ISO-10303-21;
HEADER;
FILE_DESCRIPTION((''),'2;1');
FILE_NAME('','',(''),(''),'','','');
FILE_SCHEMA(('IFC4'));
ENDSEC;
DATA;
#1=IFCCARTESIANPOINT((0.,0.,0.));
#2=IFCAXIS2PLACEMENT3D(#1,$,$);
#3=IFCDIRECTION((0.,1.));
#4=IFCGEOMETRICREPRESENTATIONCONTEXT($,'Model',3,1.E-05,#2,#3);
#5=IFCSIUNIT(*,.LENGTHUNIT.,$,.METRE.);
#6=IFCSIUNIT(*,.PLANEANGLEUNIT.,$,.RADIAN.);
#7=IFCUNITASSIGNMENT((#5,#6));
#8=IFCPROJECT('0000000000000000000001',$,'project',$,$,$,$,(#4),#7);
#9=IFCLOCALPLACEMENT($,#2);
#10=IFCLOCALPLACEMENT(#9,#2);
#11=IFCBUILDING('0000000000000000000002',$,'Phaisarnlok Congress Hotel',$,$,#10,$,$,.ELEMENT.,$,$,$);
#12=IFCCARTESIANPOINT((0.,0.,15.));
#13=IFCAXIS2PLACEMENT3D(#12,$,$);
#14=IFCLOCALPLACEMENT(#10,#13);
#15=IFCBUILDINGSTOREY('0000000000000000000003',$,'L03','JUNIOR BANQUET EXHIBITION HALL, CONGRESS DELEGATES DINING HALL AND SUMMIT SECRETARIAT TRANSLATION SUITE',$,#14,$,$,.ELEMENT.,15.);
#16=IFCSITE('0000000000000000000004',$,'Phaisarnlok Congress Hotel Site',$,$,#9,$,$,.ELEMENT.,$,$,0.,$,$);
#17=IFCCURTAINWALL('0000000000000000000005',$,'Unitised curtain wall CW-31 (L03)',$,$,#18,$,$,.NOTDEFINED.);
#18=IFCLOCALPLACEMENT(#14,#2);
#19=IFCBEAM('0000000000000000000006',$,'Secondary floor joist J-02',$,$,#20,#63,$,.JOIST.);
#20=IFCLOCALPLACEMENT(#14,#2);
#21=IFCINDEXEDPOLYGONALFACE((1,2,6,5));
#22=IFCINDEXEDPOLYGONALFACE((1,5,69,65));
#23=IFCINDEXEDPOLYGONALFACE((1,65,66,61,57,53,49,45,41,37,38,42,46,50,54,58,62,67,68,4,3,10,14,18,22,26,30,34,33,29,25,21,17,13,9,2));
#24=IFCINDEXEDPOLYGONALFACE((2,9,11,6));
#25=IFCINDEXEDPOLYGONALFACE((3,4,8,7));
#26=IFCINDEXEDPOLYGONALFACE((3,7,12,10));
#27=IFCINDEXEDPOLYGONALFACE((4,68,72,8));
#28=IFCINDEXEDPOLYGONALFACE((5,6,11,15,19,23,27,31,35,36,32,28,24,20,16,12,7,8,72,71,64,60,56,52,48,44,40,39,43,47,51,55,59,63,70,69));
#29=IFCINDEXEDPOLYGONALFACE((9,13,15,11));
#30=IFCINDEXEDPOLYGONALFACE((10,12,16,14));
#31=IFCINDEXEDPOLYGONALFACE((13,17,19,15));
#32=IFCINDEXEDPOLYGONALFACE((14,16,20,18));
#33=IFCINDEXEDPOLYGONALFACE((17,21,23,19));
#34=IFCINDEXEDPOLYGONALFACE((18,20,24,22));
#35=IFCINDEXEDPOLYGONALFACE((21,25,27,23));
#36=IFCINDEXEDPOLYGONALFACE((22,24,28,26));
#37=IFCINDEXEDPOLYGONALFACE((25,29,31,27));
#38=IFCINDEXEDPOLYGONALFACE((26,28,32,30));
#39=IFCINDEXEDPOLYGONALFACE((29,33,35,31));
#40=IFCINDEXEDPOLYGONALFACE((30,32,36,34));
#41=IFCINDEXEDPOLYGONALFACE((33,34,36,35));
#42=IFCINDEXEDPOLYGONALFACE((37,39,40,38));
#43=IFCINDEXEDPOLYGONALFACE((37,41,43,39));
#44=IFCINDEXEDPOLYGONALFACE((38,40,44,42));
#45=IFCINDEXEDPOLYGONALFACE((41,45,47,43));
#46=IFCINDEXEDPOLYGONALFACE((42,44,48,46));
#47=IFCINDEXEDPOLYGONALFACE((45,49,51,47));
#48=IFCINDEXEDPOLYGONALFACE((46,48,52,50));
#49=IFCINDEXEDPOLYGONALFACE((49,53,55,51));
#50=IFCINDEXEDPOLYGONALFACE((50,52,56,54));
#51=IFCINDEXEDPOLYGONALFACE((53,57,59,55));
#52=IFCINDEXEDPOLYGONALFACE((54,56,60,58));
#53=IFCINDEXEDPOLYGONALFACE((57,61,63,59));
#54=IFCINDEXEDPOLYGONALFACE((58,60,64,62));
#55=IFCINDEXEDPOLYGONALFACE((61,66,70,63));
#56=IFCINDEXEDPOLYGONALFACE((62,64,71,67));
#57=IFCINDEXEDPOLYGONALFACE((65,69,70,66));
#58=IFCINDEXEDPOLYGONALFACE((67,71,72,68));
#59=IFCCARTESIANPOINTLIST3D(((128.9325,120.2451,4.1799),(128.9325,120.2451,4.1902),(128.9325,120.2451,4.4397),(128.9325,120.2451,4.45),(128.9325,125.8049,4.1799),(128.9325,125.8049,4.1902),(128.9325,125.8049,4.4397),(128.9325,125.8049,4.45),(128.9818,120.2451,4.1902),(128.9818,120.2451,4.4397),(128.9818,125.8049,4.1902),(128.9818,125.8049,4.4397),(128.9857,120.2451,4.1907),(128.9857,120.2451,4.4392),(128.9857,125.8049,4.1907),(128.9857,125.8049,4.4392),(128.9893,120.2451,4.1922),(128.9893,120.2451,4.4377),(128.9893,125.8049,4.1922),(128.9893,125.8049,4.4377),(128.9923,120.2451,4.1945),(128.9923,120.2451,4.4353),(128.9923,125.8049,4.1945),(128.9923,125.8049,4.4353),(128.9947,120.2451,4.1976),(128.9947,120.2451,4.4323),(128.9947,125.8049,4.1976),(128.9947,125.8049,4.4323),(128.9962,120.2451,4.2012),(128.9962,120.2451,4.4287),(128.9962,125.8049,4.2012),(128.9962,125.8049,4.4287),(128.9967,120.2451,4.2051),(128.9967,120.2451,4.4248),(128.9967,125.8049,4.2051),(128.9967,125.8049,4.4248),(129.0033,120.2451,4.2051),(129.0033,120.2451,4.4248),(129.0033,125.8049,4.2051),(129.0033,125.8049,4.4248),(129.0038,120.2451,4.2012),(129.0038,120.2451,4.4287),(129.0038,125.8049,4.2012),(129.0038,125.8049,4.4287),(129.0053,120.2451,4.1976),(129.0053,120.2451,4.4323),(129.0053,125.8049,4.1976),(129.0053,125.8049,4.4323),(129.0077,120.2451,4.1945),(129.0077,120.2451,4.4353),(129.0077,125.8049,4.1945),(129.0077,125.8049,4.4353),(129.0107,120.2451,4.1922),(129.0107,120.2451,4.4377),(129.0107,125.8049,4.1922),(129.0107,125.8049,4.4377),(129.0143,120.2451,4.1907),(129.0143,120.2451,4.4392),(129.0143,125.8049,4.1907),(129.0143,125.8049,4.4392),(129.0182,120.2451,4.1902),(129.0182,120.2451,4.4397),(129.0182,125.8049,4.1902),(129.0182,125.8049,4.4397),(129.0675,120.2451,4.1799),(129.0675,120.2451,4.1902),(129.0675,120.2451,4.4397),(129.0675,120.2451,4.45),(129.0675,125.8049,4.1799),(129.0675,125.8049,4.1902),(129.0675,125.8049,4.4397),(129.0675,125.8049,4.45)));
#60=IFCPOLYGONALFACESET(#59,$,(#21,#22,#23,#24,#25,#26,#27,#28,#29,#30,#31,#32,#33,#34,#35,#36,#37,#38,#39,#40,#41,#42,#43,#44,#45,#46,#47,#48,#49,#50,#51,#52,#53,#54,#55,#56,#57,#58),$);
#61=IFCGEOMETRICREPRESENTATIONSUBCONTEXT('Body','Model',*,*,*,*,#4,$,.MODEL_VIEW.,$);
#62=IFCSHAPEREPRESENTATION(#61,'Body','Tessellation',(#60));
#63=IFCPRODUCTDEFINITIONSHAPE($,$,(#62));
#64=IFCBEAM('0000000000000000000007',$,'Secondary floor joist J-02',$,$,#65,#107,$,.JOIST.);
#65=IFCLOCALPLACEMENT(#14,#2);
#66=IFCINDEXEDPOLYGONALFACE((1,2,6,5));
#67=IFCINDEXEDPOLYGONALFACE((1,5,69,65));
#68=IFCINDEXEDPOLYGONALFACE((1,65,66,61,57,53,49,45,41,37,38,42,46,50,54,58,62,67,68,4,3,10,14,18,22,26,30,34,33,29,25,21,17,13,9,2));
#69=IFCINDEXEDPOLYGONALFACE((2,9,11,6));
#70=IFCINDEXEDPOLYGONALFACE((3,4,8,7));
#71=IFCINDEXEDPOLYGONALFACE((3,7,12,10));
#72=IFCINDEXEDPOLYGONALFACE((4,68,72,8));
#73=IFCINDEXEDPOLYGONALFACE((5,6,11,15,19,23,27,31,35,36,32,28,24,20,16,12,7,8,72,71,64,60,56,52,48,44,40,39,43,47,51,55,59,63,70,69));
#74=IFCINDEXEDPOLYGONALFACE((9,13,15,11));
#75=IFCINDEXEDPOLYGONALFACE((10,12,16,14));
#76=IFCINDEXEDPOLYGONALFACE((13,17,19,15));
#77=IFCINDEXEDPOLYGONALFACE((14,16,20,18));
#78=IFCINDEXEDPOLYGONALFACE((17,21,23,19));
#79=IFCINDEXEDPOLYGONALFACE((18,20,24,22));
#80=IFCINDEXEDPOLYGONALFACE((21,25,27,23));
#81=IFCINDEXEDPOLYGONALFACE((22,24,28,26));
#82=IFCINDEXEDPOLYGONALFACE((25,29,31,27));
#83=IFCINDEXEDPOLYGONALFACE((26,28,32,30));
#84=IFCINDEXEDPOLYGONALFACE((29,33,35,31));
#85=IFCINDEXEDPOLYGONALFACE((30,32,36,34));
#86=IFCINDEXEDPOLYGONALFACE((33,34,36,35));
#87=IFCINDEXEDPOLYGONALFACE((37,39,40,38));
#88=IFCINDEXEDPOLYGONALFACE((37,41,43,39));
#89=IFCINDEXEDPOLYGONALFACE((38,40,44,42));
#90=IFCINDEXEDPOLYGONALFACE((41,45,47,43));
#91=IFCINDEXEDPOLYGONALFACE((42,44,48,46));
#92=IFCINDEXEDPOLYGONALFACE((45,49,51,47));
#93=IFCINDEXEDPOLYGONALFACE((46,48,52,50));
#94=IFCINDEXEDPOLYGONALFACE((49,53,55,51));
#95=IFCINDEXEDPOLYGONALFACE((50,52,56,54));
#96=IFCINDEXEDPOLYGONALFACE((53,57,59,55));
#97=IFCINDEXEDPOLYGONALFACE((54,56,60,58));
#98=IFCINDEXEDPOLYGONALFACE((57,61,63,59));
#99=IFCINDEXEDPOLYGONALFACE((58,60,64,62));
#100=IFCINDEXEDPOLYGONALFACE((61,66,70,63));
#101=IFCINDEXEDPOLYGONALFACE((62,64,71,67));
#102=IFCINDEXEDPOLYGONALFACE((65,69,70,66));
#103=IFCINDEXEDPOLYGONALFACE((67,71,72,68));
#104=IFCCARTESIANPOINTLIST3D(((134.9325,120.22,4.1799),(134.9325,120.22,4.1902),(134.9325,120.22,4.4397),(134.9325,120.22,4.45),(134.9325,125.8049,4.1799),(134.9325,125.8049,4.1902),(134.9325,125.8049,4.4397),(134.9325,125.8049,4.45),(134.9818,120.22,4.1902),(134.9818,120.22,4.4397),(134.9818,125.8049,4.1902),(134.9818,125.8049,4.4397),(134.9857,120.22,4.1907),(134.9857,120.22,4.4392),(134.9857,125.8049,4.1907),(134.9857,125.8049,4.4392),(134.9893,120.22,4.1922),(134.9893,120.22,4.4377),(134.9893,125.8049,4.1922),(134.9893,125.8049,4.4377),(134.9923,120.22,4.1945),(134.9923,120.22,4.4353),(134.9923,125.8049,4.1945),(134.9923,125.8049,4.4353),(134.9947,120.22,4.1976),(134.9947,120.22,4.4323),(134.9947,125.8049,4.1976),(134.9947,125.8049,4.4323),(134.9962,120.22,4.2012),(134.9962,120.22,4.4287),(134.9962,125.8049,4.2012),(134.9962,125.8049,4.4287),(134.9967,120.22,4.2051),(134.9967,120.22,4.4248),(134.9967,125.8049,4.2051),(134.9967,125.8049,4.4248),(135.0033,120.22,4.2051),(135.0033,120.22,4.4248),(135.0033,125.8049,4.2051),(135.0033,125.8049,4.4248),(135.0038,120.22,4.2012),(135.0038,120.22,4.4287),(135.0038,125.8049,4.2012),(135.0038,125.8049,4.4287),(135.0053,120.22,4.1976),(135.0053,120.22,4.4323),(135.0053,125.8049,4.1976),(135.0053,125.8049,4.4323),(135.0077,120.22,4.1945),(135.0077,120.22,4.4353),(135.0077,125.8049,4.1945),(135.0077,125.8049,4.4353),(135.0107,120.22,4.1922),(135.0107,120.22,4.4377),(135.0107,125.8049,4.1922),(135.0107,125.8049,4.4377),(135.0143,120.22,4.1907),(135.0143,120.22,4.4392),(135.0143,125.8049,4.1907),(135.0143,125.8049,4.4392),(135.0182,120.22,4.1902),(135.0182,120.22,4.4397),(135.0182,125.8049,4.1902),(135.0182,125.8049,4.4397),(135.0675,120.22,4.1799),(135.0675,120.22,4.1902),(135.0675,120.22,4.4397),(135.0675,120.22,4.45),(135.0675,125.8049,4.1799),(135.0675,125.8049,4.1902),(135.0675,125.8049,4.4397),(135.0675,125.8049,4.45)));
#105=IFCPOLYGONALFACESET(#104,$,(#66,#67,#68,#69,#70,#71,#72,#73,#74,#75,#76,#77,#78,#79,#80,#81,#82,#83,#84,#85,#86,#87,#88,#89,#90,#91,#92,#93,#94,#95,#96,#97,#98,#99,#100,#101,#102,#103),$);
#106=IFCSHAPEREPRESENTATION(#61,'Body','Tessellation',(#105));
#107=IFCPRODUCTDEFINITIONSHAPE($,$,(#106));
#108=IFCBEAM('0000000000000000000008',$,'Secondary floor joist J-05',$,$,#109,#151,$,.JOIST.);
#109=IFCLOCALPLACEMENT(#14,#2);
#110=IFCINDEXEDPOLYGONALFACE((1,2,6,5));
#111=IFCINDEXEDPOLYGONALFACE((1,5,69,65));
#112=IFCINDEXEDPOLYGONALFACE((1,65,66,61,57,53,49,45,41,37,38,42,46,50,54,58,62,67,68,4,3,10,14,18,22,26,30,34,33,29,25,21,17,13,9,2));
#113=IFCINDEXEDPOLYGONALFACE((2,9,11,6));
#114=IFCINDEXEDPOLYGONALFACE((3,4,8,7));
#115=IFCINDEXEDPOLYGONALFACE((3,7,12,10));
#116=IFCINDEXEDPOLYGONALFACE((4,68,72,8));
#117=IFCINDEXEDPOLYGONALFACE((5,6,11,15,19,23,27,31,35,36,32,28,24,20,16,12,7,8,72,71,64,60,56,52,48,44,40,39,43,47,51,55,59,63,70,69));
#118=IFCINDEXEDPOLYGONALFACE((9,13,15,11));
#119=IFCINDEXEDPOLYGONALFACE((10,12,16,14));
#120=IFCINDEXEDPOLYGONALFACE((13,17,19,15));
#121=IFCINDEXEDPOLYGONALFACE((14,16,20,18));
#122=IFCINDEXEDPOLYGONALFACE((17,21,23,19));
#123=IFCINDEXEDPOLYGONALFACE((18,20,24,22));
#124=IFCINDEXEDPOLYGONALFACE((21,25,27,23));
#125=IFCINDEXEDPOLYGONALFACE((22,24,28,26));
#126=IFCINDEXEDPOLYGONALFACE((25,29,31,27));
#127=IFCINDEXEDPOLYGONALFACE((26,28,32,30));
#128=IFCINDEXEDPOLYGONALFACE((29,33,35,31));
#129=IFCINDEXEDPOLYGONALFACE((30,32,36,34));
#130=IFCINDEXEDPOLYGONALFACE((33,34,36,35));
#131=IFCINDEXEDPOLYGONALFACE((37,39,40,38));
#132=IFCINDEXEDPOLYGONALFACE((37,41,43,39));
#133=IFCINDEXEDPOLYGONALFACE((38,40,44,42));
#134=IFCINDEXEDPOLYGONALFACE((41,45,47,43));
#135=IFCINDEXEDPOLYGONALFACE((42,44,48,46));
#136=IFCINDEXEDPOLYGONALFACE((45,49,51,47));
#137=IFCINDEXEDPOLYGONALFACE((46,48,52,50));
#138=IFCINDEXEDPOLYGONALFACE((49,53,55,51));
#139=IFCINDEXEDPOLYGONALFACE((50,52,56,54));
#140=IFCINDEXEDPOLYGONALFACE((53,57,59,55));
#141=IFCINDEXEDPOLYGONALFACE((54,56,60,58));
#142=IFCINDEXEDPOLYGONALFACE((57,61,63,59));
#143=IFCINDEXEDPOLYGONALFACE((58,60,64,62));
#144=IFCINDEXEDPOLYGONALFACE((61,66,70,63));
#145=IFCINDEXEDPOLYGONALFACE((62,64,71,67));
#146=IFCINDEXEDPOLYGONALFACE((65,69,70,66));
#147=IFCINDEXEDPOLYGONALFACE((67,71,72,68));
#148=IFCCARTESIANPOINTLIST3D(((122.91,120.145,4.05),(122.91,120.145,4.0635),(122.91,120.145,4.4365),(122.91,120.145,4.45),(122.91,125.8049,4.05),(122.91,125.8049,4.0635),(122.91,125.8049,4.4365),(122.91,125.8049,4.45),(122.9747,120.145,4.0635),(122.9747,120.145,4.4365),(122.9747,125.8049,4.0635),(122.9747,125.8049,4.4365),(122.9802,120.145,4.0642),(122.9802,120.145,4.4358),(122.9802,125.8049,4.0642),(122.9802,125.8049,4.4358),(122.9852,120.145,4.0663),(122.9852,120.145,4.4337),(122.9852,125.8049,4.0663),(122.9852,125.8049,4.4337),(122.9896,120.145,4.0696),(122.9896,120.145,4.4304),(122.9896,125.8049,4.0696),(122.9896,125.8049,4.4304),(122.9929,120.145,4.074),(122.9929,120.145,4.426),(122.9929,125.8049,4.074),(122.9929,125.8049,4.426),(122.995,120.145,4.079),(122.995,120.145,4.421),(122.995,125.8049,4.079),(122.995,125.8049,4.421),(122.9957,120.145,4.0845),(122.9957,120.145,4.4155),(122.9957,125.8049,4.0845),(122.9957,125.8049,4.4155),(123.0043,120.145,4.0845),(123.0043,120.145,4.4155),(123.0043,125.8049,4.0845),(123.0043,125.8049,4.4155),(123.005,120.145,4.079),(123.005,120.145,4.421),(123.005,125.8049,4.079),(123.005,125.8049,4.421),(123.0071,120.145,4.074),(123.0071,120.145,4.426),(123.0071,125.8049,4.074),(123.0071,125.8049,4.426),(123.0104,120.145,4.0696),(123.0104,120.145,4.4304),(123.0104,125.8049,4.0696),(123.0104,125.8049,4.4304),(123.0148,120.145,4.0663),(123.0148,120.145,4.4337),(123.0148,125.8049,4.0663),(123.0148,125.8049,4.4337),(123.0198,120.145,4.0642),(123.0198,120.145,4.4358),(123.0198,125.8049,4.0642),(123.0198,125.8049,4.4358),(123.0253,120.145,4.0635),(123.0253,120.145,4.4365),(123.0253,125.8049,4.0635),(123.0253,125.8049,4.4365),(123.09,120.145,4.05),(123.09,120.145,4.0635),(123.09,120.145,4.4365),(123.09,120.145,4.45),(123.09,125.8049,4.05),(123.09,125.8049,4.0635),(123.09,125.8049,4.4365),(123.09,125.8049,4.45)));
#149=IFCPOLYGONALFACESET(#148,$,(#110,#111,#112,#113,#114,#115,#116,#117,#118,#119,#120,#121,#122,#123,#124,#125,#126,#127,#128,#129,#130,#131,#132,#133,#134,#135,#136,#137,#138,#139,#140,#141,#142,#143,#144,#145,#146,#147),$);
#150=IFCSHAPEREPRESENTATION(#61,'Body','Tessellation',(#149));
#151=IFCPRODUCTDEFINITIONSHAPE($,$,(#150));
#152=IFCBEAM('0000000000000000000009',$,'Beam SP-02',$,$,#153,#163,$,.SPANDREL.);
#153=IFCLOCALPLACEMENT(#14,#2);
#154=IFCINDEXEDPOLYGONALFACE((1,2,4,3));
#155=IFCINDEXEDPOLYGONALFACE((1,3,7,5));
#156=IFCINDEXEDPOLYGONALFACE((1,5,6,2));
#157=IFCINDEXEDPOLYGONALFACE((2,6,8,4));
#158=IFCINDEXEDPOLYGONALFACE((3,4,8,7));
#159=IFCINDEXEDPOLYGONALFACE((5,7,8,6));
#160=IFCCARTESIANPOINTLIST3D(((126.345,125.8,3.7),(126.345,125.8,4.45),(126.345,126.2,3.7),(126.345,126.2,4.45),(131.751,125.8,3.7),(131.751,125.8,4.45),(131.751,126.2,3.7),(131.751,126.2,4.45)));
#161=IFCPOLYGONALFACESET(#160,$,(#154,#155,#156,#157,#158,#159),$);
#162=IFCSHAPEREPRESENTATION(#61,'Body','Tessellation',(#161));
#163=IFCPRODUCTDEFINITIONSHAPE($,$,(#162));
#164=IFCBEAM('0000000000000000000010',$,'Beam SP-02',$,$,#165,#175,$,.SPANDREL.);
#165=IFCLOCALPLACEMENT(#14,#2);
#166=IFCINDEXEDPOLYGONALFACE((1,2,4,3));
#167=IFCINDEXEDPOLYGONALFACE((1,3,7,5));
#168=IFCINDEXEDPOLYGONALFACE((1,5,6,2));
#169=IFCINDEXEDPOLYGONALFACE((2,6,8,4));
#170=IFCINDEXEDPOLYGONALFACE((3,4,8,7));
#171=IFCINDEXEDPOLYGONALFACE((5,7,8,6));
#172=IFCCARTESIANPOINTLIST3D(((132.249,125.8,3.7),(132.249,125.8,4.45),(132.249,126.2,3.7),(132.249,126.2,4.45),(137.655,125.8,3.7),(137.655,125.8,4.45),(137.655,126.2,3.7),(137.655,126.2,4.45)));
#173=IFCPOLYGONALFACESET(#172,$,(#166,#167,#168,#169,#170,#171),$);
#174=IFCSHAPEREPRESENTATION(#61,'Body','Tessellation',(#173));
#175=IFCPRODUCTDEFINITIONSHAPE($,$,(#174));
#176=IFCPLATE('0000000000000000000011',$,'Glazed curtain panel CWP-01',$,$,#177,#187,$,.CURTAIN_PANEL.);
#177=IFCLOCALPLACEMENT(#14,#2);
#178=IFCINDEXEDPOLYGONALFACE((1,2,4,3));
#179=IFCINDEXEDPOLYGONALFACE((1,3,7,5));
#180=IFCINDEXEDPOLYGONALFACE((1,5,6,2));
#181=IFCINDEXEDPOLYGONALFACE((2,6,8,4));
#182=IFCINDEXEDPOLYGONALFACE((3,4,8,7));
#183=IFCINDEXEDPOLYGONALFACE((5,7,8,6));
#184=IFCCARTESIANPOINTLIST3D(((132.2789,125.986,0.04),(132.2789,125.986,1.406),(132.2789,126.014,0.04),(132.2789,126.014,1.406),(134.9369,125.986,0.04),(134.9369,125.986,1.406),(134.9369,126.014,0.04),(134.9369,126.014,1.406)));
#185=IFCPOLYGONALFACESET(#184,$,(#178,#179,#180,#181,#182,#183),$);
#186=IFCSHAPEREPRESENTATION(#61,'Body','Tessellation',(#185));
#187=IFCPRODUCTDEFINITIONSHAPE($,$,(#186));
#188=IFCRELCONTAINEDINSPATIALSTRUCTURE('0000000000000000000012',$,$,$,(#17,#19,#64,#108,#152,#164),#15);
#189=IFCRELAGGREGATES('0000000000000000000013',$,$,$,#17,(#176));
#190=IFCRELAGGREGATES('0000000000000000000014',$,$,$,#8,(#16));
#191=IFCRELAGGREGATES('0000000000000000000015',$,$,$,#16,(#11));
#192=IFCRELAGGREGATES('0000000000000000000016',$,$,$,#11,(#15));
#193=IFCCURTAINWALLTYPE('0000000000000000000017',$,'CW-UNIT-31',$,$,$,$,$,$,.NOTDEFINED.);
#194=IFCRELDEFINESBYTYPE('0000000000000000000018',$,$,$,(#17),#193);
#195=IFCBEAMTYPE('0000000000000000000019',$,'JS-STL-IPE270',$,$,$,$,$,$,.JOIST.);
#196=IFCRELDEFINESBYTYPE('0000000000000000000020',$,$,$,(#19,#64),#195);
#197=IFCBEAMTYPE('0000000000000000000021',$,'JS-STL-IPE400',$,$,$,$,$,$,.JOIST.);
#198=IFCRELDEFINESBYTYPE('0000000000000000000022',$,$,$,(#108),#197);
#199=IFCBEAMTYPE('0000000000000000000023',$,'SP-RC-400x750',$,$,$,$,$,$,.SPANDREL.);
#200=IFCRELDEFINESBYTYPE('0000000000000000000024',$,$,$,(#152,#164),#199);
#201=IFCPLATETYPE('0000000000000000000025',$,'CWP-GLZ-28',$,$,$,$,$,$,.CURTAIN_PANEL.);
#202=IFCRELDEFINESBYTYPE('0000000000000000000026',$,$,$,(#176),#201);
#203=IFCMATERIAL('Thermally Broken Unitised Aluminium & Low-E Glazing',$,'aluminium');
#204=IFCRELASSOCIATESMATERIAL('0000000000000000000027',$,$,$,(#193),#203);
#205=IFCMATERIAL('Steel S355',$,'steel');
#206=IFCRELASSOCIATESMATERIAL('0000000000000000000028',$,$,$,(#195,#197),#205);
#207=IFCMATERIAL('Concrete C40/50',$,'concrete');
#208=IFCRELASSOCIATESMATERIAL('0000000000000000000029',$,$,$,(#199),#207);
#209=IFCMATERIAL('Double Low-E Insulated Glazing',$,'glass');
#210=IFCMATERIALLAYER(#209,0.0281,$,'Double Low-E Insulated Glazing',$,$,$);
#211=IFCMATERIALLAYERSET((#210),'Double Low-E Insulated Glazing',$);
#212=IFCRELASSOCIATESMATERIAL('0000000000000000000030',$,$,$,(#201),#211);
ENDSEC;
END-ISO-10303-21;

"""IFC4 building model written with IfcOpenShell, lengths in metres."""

from ifc_helpers import new_model, si_unit, direction, frame, frame_2d, origin, origin_2d, place, context, subcontext, project, spatial, rectangle, i_section, extrude, material, layer, layer_set, material_profile, profile_set, type_object, element, aggregate, save


model = new_model("IFC4")

# Units and contexts
model_context = context("Model", 3, precision=1e-05, world=origin(), true_north=direction((0.0, 1.0)))
body_context = subcontext(model_context, "Body", "Model", "MODEL_VIEW")
ifc_project = project(units=[si_unit("LENGTHUNIT", "METRE"), si_unit("PLANEANGLEUNIT", "RADIAN")], contexts=[model_context])

# Site, building, storey
site_placement = place(None, origin())
site = spatial("IfcSite", under=ifc_project, at=site_placement, Name="Phaisarnlok Congress Hotel Site", CompositionType="ELEMENT", RefElevation=0.0)
building_placement = place(site_placement, origin())
building = spatial("IfcBuilding", under=site, at=building_placement, Name="Phaisarnlok Congress Hotel", CompositionType="ELEMENT")
storey_placement = place(building_placement, frame((0.0, 0.0, 15.0)))
storey = spatial("IfcBuildingStorey", under=building, at=storey_placement, Name="L03", Description="JUNIOR BANQUET EXHIBITION HALL, CONGRESS DELEGATES DINING HALL AND SUMMIT SECRETARIAT TRANSLATION SUITE", CompositionType="ELEMENT", Elevation=15.0)

# Shared definitions
ifc_material_1 = material(Name="Steel S355", Category="steel")

# Shared definitions
ifc_material_2 = material(Name="Concrete C40/50", Category="concrete")

# Curtain wall
ifc_material_3 = material(Name="Thermally Broken Unitised Aluminium & Low-E Glazing", Category="aluminium")
curtain_wall_type_1 = type_object("IfcCurtainWallType", Name="CW-UNIT-31", PredefinedType="NOTDEFINED", material=ifc_material_3)
curtain_wall_1_placement = place(storey_placement, origin())
curtain_wall_1 = element("IfcCurtainWall", 1, at=curtain_wall_1_placement, inside=storey, type_object=curtain_wall_type_1, Name="Unitised curtain wall CW-31 (L03)", PredefinedType="NOTDEFINED")

# Beams
ifc_material_profile_1 = material_profile(ifc_material_1, i_section(OverallWidth=0.135, OverallDepth=0.27, WebThickness=0.0066, FlangeThickness=0.0103, FilletRadius=0.0149, at=origin_2d()), Name="IPE 270")
ifc_profile_set_1 = profile_set([ifc_material_profile_1], Name="Steel S355")
beam_type_1 = type_object("IfcBeamType", Name="JS-STL-IPE270", PredefinedType="JOIST", material=ifc_profile_set_1)
beam_1_placement = place(storey_placement, frame((129.0, 120.2451, 4.3149), z_axis=(0.0, 1.0, 0.0), x_axis=(-1.0, 0.0, 0.0)))
element("IfcBeam", 2, at=beam_1_placement, inside=storey, type_object=beam_type_1, Name="Secondary floor joist J-02", PredefinedType="JOIST", context=body_context, shape_type="SweptSolid", body=[
    extrude(i_section(OverallWidth=0.135, OverallDepth=0.27, WebThickness=0.0066, FlangeThickness=0.0103, FilletRadius=0.0149, at=origin_2d()), origin(), (0.0, 0.0, 1.0), 5.5598),
])
beam_2_placement = place(storey_placement, frame((135.0, 120.22, 4.3149), z_axis=(0.0, 1.0, 0.0), x_axis=(-1.0, 0.0, 0.0)))
element("IfcBeam", 3, at=beam_2_placement, inside=storey, type_object=beam_type_1, Name="Secondary floor joist J-02", PredefinedType="JOIST", context=body_context, shape_type="SweptSolid", body=[
    extrude(i_section(OverallWidth=0.135, OverallDepth=0.27, WebThickness=0.0066, FlangeThickness=0.0103, FilletRadius=0.0149, at=origin_2d()), origin(), (0.0, 0.0, 1.0), 5.585),
])
ifc_material_profile_2 = material_profile(ifc_material_1, i_section(OverallWidth=0.1799, OverallDepth=0.3999, WebThickness=0.0085, FlangeThickness=0.0134, FilletRadius=0.021, at=origin_2d()), Name="IPE 400")
ifc_profile_set_2 = profile_set([ifc_material_profile_2], Name="Steel S355")
beam_type_2 = type_object("IfcBeamType", Name="JS-STL-IPE400", PredefinedType="JOIST", material=ifc_profile_set_2)
beam_3_placement = place(storey_placement, frame((123.0, 120.145, 4.25), z_axis=(0.0, 1.0, 0.0), x_axis=(-1.0, 0.0, 0.0)))
element("IfcBeam", 4, at=beam_3_placement, inside=storey, type_object=beam_type_2, Name="Secondary floor joist J-05", PredefinedType="JOIST", context=body_context, shape_type="SweptSolid", body=[
    extrude(i_section(OverallWidth=0.1799, OverallDepth=0.3999, WebThickness=0.0085, FlangeThickness=0.0134, FilletRadius=0.021, at=origin_2d()), origin(), (0.0, 0.0, 1.0), 5.6599),
])
ifc_material_profile_3 = material_profile(ifc_material_2, rectangle(XDim=0.3999, YDim=0.75, at=origin_2d()), Name="RC 400x750")
ifc_profile_set_3 = profile_set([ifc_material_profile_3], Name="Concrete C40/50")
beam_type_3 = type_object("IfcBeamType", Name="SP-RC-400x750", PredefinedType="SPANDREL", material=ifc_profile_set_3)
for number, where, z_axis, x_axis, name in (
    (5, (126.345, 126.0, 4.075), (1.0, 0.0, 0.0), (0.0, 1.0, 0.0), "Beam SP-02"),
    (6, (132.249, 126.0, 4.075), (1.0, 0.0, 0.0), (0.0, 1.0, 0.0), "Beam SP-02"),
):
    element("IfcBeam", number, at=place(storey_placement, frame(where, z_axis=z_axis, x_axis=x_axis)), inside=storey, type_object=beam_type_3, Name=name, PredefinedType="SPANDREL", context=body_context, shape_type="SweptSolid", body=[
        extrude(rectangle(XDim=0.3999, YDim=0.75, at=origin_2d()), origin(), (0.0, 0.0, 1.0), 5.406),
    ])

# Plate
ifc_material_4 = material(Name="Double Low-E Insulated Glazing", Category="glass")
ifc_layer_1 = layer(ifc_material_4, 0.0281, Name="Double Low-E Insulated Glazing")
ifc_layer_set_1 = layer_set([ifc_layer_1], Name="Double Low-E Insulated Glazing")
plate_type_1 = type_object("IfcPlateType", Name="CWP-GLZ-28", PredefinedType="CURTAIN_PANEL", material=ifc_layer_set_1)
plate_1_placement = place(storey_placement, frame((134.937, 126.0, 0.04), z_axis=(0.0, 0.0, 1.0), x_axis=(-1.0, 0.0, 0.0)))
plate_1 = element("IfcPlate", 7, at=plate_1_placement, type_object=plate_type_1, Name="Glazed curtain panel CWP-01", PredefinedType="CURTAIN_PANEL", context=body_context, shape_type="SweptSolid", body=[
    extrude(rectangle(XDim=2.658, YDim=0.0281, at=frame_2d((1.3291, 0.0))), origin(), (0.0, 0.0, 1.0), 1.366),
])
aggregate(curtain_wall_1, [plate_1])

save(model, "model.ifc")
